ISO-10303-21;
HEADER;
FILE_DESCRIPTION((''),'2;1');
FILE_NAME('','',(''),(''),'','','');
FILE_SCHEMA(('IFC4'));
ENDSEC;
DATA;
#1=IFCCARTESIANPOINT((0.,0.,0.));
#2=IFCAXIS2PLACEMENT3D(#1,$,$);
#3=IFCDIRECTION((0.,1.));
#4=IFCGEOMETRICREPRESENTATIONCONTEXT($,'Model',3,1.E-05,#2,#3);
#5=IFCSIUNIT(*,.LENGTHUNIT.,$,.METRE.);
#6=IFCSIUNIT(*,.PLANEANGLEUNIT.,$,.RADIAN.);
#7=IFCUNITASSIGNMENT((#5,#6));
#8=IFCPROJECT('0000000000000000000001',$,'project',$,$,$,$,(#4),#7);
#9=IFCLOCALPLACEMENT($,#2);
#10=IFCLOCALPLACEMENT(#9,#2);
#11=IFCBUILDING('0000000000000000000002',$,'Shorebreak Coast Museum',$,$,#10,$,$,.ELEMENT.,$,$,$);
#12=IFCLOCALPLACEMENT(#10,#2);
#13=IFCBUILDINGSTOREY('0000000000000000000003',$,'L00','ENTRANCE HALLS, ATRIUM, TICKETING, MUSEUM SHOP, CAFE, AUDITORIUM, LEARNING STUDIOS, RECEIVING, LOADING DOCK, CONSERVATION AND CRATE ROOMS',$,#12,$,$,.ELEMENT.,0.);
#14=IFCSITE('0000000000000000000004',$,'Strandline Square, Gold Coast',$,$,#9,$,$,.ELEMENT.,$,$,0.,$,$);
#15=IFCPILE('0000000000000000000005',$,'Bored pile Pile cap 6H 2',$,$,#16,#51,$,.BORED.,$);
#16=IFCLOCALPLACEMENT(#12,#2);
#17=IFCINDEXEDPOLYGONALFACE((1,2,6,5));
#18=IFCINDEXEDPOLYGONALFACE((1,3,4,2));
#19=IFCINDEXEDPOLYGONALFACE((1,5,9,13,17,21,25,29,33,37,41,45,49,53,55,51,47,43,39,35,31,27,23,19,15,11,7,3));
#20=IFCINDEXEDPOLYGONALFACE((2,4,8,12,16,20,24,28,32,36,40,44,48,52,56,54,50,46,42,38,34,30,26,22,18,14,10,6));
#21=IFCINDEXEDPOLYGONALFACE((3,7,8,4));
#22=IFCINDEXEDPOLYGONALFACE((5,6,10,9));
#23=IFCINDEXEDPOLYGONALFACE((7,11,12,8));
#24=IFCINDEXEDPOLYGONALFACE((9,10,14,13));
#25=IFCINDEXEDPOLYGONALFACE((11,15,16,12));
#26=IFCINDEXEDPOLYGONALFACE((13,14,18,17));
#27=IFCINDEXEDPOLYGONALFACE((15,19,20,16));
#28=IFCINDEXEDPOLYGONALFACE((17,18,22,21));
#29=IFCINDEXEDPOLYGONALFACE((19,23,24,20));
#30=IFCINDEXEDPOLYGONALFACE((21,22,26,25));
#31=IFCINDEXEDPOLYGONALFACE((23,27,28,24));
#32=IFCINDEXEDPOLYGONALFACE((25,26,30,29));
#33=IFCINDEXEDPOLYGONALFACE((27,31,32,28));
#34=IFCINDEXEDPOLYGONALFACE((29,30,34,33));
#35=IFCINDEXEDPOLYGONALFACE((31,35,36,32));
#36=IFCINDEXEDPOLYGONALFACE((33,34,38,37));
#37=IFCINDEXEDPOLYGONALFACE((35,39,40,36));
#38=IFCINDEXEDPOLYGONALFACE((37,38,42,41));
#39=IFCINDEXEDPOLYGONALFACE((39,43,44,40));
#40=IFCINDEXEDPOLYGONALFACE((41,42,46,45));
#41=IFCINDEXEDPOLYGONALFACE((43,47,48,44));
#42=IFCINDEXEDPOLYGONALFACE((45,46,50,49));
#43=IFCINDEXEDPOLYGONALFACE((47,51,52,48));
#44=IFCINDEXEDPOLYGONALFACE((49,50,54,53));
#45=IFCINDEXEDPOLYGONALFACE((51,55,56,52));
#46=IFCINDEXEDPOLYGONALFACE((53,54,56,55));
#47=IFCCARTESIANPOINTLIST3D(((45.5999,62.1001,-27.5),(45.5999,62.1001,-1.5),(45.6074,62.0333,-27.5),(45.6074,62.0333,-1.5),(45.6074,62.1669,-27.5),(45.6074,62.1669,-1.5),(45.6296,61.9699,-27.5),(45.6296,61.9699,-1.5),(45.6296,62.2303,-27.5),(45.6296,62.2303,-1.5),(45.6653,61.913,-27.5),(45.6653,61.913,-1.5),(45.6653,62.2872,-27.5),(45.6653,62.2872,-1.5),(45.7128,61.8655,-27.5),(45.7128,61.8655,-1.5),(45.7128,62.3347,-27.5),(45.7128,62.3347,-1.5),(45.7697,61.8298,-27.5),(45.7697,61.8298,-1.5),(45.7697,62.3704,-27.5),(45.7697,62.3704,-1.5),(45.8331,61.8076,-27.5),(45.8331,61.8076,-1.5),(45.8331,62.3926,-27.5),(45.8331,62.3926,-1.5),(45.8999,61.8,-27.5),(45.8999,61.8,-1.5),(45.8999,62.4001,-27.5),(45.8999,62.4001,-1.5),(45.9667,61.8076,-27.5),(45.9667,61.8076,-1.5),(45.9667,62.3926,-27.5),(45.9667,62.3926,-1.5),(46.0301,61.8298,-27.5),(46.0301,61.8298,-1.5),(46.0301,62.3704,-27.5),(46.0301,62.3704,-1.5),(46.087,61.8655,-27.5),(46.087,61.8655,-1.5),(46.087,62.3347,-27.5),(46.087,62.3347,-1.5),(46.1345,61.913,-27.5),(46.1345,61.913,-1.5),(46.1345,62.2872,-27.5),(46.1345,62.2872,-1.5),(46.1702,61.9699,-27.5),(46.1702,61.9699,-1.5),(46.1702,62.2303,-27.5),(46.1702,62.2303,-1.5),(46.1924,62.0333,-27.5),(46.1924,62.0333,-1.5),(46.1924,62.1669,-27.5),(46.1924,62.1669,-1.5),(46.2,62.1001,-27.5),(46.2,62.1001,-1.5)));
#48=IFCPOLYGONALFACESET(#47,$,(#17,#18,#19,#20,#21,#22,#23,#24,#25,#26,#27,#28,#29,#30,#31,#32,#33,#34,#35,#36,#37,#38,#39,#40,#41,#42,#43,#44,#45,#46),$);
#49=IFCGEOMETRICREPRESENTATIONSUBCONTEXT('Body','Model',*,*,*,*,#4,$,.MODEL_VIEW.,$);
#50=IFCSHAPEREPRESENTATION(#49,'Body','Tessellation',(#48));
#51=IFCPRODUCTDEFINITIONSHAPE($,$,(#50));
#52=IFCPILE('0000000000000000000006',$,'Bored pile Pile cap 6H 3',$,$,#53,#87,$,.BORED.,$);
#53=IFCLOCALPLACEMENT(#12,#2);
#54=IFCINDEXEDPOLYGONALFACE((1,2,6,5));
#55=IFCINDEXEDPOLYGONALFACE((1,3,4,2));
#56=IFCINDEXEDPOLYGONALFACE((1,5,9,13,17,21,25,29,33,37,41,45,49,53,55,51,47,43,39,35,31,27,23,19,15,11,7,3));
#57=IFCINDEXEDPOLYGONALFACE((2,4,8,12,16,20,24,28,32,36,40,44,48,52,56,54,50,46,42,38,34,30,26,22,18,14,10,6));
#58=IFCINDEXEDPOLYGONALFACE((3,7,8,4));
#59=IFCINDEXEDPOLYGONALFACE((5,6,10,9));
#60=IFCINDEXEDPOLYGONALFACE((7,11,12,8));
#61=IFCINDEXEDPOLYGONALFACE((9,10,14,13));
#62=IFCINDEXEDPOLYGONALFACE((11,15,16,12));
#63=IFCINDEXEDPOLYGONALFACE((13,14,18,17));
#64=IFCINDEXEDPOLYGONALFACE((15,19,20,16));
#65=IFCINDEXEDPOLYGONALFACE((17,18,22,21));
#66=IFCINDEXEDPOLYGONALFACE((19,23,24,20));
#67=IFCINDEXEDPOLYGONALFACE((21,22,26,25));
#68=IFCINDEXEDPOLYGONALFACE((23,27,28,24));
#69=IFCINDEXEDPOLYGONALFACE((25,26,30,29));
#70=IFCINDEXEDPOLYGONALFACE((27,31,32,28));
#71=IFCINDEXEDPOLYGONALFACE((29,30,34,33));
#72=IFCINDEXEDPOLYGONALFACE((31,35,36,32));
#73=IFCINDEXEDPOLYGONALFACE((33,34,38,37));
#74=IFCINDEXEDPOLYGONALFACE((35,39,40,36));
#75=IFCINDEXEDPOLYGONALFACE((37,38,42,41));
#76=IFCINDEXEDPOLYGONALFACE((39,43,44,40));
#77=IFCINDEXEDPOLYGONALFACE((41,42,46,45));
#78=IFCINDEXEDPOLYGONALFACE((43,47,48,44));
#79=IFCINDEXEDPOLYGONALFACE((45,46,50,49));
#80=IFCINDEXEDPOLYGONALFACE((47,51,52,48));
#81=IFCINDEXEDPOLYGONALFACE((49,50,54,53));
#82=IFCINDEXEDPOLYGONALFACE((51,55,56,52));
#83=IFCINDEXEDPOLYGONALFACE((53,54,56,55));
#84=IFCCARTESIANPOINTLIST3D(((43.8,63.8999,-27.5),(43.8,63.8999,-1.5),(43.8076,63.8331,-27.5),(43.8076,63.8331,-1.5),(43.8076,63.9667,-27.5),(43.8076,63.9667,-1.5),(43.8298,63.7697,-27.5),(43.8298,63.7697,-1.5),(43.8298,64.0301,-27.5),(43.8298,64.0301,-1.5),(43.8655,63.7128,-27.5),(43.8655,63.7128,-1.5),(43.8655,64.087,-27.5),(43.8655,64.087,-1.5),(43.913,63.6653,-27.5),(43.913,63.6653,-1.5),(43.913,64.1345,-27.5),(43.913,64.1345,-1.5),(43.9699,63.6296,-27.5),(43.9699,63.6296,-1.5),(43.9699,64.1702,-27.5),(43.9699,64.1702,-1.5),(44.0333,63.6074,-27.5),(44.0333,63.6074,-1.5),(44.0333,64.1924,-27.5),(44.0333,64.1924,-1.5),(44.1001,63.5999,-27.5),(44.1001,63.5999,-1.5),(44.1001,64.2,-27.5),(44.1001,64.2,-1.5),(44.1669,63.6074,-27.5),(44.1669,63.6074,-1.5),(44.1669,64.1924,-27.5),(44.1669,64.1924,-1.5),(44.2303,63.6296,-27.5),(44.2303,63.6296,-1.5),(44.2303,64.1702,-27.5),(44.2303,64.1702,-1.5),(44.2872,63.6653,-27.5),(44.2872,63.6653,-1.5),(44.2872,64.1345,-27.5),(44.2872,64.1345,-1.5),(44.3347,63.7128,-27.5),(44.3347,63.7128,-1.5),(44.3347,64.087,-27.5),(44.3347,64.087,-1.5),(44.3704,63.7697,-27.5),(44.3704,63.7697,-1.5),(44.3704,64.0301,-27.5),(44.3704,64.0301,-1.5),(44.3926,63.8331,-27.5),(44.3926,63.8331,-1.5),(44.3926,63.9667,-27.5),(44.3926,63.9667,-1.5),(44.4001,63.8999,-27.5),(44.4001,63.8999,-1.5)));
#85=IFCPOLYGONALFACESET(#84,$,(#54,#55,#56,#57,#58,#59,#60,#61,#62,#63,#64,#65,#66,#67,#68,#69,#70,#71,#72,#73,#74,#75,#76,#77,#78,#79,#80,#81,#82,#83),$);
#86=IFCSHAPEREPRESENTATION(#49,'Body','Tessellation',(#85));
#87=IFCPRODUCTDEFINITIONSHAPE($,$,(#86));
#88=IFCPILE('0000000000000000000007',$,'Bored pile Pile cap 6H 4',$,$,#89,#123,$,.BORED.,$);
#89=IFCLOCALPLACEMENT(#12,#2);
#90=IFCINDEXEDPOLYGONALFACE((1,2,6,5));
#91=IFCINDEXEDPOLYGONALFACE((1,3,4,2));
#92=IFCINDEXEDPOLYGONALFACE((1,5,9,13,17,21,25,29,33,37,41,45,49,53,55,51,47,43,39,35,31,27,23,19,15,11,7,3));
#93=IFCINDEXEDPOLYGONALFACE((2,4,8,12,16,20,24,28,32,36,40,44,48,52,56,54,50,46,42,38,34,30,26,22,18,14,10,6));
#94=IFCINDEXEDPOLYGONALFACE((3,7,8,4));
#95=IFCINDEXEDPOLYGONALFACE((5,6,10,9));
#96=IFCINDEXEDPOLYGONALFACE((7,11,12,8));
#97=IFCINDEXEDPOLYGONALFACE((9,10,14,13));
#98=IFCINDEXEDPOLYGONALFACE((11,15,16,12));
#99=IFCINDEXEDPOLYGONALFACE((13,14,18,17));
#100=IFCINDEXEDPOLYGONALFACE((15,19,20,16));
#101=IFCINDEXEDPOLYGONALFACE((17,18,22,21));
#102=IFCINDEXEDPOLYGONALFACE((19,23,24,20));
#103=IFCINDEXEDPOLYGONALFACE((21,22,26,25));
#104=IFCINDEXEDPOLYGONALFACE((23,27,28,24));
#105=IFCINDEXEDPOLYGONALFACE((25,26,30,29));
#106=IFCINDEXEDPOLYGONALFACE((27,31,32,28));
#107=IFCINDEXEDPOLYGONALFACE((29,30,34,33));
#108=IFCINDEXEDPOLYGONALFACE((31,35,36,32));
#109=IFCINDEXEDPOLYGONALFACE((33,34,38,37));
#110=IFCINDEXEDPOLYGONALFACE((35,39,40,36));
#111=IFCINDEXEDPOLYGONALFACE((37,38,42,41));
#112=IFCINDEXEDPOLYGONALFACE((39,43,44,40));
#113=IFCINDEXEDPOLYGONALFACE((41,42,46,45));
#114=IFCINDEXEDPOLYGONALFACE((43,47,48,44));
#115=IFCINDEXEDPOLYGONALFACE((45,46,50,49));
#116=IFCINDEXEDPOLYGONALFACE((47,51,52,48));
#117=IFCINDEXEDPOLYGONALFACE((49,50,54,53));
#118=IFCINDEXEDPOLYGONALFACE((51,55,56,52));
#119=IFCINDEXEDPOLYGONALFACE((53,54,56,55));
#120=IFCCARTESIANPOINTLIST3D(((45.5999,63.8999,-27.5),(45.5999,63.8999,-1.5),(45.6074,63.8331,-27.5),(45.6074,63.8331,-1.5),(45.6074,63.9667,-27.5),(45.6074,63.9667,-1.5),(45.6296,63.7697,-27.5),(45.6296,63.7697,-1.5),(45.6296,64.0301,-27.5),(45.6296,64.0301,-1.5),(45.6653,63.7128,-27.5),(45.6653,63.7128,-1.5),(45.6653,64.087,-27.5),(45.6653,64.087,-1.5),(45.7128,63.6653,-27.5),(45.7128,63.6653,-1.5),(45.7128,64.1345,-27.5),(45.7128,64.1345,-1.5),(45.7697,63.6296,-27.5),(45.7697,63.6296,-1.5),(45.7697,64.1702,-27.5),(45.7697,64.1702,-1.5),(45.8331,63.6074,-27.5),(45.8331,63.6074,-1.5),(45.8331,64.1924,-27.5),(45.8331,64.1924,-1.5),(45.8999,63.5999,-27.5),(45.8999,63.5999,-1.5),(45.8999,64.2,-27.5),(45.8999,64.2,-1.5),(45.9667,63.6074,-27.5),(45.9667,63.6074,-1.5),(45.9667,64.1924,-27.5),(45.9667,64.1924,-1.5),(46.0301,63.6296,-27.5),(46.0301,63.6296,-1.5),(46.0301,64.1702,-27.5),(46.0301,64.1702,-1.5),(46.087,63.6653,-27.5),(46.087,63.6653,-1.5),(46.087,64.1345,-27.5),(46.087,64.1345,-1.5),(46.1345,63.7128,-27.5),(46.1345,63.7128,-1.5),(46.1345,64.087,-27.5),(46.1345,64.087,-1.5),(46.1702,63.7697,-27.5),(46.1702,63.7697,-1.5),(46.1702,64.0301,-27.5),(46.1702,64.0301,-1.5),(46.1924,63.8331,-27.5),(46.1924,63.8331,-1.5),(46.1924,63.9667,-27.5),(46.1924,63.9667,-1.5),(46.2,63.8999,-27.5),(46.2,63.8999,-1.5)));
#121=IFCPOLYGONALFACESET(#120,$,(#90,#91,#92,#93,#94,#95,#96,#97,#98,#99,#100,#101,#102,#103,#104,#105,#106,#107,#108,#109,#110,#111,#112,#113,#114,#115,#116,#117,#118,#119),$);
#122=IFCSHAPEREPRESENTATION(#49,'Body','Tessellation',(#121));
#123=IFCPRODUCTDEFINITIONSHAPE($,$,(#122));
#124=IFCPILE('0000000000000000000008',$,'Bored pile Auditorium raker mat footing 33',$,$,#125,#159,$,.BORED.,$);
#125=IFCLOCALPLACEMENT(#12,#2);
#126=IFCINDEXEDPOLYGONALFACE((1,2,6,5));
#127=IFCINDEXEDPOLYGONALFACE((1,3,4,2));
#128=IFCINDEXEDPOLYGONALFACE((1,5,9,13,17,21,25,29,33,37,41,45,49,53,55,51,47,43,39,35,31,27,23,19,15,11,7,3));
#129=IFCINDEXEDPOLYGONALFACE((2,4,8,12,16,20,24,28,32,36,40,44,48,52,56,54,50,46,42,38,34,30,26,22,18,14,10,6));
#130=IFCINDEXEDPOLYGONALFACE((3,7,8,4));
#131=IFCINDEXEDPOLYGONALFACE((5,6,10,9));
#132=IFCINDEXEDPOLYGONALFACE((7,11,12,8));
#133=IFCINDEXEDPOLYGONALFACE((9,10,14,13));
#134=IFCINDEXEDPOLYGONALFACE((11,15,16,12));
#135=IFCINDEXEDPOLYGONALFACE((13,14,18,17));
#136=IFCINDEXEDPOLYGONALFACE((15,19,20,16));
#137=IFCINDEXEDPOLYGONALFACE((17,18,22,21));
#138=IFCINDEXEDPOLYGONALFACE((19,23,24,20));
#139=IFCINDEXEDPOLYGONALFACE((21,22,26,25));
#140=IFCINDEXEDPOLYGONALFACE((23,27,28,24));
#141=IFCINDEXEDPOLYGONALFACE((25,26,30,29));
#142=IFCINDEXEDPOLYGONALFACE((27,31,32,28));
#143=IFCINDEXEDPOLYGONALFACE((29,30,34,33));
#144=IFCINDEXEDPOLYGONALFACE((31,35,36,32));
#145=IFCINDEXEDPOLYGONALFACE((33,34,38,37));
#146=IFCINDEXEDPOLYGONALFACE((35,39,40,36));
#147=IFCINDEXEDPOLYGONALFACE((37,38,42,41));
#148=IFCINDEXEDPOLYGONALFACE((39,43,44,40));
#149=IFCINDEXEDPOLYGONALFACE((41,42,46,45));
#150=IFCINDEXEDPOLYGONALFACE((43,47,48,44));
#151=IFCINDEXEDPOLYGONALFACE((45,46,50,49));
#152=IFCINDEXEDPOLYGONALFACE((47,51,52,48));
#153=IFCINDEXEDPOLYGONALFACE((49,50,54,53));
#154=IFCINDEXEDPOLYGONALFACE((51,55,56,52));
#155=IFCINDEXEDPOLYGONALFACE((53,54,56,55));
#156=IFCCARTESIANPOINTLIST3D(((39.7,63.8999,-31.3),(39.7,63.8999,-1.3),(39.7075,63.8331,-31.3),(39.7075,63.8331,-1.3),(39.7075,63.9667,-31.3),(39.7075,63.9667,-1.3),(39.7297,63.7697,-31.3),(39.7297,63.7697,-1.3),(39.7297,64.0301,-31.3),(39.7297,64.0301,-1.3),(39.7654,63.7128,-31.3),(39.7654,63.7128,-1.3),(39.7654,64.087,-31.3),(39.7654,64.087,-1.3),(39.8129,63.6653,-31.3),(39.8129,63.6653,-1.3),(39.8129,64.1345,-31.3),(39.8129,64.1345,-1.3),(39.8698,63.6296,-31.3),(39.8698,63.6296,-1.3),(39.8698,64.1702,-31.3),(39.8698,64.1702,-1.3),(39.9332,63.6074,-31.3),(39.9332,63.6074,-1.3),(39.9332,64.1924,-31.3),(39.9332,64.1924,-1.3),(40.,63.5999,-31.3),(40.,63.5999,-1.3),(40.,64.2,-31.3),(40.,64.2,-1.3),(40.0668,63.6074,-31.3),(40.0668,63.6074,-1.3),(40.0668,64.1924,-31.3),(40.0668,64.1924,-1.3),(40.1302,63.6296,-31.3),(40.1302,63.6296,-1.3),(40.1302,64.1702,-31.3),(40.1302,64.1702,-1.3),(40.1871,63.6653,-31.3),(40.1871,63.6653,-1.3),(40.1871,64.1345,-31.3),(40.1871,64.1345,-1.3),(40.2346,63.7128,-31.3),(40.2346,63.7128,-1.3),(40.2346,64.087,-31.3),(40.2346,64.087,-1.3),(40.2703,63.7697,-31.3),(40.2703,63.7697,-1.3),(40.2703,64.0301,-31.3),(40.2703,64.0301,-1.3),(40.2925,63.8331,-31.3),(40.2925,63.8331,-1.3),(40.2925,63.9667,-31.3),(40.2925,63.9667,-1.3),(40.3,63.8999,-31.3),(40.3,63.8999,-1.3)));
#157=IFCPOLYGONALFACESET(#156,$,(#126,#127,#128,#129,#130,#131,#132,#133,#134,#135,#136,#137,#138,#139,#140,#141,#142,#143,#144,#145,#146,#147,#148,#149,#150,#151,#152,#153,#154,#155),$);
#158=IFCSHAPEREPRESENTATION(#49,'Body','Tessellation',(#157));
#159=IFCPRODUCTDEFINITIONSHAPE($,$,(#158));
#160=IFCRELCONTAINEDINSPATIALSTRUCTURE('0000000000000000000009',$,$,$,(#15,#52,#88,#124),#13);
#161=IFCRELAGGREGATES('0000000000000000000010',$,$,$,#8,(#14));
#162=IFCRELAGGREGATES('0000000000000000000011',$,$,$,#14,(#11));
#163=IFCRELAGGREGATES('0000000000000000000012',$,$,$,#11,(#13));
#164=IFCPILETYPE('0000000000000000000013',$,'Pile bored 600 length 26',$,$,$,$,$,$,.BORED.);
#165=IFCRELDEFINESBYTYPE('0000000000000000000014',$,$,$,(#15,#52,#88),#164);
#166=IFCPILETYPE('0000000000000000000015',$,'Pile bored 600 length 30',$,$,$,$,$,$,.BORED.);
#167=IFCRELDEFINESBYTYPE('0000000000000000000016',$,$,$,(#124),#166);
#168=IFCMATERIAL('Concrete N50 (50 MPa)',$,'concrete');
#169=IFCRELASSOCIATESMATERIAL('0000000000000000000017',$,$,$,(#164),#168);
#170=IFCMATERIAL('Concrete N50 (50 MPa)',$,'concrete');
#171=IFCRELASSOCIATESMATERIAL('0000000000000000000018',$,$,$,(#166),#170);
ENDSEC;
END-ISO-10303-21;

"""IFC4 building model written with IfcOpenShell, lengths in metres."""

from ifc_helpers import new_model, si_unit, direction, frame, origin, origin_2d, place, context, subcontext, project, spatial, circle, extrude, material, material_profile, profile_set, type_object, element, save


model = new_model("IFC4")

# Units and contexts
model_context = context("Model", 3, precision=1e-05, world=origin(), true_north=direction((0.0, 1.0)))
body_context = subcontext(model_context, "Body", "Model", "MODEL_VIEW")
ifc_project = project(units=[si_unit("LENGTHUNIT", "METRE"), si_unit("PLANEANGLEUNIT", "RADIAN")], contexts=[model_context])

# Site, building, storey
site_placement = place(None, origin())
site = spatial("IfcSite", under=ifc_project, at=site_placement, Name="Strandline Square, Gold Coast", CompositionType="ELEMENT", RefElevation=0.0)
building_placement = place(site_placement, origin())
building = spatial("IfcBuilding", under=site, at=building_placement, Name="Shorebreak Coast Museum", CompositionType="ELEMENT")
storey_placement = place(building_placement, origin())
storey = spatial("IfcBuildingStorey", under=building, at=storey_placement, Name="L00", Description="ENTRANCE HALLS, ATRIUM, TICKETING, MUSEUM SHOP, CAFE, AUDITORIUM, LEARNING STUDIOS, RECEIVING, LOADING DOCK, CONSERVATION AND CRATE ROOMS", CompositionType="ELEMENT", Elevation=0.0)

# Piles
ifc_material_1 = material(Name="Concrete N50 (50 MPa)", Category="concrete")
ifc_material_profile_1 = material_profile(ifc_material_1, circle(Radius=0.3, at=origin_2d()), Name="Pile bored 600 length 26")
ifc_profile_set_1 = profile_set([ifc_material_profile_1], Name="Concrete N50 (50 MPa)")
pile_type_1 = type_object("IfcPileType", Name="Pile bored 600 length 26", PredefinedType="BORED", material=ifc_profile_set_1)
for number, where, z_axis, x_axis, name in (
    (1, (45.8999, 62.1001, -1.5), (0.0, 0.0, -1.0), (1.0, 0.0, 0.0), "Bored pile Pile cap 6H 2"),
    (2, (44.1001, 63.8999, -1.5), (0.0, 0.0, -1.0), (1.0, 0.0, 0.0), "Bored pile Pile cap 6H 3"),
    (3, (45.8999, 63.8999, -1.5), (0.0, 0.0, -1.0), (1.0, 0.0, 0.0), "Bored pile Pile cap 6H 4"),
):
    element("IfcPile", number, at=place(storey_placement, frame(where, z_axis=z_axis, x_axis=x_axis)), inside=storey, type_object=pile_type_1, Name=name, PredefinedType="BORED", context=body_context, shape_type="SweptSolid", body=[
        extrude(circle(Radius=0.3, at=origin_2d()), origin(), (0.0, 0.0, 1.0), 26.0),
    ])
ifc_material_2 = material(Name="Concrete N50 (50 MPa)", Category="concrete")
ifc_material_profile_2 = material_profile(ifc_material_2, circle(Radius=0.3, at=origin_2d()), Name="Pile bored 600 length 30")
ifc_profile_set_2 = profile_set([ifc_material_profile_2], Name="Concrete N50 (50 MPa)")
pile_type_2 = type_object("IfcPileType", Name="Pile bored 600 length 30", PredefinedType="BORED", material=ifc_profile_set_2)
pile_placement = place(storey_placement, frame((40.0, 63.8999, -1.3), z_axis=(0.0, 0.0, -1.0), x_axis=(1.0, 0.0, 0.0)))
element("IfcPile", 4, at=pile_placement, inside=storey, type_object=pile_type_2, Name="Bored pile Auditorium raker mat footing 33", PredefinedType="BORED", context=body_context, shape_type="SweptSolid", body=[
    extrude(circle(Radius=0.3, at=origin_2d()), origin(), (0.0, 0.0, 1.0), 30.0),
])

save(model, "model.ifc")
